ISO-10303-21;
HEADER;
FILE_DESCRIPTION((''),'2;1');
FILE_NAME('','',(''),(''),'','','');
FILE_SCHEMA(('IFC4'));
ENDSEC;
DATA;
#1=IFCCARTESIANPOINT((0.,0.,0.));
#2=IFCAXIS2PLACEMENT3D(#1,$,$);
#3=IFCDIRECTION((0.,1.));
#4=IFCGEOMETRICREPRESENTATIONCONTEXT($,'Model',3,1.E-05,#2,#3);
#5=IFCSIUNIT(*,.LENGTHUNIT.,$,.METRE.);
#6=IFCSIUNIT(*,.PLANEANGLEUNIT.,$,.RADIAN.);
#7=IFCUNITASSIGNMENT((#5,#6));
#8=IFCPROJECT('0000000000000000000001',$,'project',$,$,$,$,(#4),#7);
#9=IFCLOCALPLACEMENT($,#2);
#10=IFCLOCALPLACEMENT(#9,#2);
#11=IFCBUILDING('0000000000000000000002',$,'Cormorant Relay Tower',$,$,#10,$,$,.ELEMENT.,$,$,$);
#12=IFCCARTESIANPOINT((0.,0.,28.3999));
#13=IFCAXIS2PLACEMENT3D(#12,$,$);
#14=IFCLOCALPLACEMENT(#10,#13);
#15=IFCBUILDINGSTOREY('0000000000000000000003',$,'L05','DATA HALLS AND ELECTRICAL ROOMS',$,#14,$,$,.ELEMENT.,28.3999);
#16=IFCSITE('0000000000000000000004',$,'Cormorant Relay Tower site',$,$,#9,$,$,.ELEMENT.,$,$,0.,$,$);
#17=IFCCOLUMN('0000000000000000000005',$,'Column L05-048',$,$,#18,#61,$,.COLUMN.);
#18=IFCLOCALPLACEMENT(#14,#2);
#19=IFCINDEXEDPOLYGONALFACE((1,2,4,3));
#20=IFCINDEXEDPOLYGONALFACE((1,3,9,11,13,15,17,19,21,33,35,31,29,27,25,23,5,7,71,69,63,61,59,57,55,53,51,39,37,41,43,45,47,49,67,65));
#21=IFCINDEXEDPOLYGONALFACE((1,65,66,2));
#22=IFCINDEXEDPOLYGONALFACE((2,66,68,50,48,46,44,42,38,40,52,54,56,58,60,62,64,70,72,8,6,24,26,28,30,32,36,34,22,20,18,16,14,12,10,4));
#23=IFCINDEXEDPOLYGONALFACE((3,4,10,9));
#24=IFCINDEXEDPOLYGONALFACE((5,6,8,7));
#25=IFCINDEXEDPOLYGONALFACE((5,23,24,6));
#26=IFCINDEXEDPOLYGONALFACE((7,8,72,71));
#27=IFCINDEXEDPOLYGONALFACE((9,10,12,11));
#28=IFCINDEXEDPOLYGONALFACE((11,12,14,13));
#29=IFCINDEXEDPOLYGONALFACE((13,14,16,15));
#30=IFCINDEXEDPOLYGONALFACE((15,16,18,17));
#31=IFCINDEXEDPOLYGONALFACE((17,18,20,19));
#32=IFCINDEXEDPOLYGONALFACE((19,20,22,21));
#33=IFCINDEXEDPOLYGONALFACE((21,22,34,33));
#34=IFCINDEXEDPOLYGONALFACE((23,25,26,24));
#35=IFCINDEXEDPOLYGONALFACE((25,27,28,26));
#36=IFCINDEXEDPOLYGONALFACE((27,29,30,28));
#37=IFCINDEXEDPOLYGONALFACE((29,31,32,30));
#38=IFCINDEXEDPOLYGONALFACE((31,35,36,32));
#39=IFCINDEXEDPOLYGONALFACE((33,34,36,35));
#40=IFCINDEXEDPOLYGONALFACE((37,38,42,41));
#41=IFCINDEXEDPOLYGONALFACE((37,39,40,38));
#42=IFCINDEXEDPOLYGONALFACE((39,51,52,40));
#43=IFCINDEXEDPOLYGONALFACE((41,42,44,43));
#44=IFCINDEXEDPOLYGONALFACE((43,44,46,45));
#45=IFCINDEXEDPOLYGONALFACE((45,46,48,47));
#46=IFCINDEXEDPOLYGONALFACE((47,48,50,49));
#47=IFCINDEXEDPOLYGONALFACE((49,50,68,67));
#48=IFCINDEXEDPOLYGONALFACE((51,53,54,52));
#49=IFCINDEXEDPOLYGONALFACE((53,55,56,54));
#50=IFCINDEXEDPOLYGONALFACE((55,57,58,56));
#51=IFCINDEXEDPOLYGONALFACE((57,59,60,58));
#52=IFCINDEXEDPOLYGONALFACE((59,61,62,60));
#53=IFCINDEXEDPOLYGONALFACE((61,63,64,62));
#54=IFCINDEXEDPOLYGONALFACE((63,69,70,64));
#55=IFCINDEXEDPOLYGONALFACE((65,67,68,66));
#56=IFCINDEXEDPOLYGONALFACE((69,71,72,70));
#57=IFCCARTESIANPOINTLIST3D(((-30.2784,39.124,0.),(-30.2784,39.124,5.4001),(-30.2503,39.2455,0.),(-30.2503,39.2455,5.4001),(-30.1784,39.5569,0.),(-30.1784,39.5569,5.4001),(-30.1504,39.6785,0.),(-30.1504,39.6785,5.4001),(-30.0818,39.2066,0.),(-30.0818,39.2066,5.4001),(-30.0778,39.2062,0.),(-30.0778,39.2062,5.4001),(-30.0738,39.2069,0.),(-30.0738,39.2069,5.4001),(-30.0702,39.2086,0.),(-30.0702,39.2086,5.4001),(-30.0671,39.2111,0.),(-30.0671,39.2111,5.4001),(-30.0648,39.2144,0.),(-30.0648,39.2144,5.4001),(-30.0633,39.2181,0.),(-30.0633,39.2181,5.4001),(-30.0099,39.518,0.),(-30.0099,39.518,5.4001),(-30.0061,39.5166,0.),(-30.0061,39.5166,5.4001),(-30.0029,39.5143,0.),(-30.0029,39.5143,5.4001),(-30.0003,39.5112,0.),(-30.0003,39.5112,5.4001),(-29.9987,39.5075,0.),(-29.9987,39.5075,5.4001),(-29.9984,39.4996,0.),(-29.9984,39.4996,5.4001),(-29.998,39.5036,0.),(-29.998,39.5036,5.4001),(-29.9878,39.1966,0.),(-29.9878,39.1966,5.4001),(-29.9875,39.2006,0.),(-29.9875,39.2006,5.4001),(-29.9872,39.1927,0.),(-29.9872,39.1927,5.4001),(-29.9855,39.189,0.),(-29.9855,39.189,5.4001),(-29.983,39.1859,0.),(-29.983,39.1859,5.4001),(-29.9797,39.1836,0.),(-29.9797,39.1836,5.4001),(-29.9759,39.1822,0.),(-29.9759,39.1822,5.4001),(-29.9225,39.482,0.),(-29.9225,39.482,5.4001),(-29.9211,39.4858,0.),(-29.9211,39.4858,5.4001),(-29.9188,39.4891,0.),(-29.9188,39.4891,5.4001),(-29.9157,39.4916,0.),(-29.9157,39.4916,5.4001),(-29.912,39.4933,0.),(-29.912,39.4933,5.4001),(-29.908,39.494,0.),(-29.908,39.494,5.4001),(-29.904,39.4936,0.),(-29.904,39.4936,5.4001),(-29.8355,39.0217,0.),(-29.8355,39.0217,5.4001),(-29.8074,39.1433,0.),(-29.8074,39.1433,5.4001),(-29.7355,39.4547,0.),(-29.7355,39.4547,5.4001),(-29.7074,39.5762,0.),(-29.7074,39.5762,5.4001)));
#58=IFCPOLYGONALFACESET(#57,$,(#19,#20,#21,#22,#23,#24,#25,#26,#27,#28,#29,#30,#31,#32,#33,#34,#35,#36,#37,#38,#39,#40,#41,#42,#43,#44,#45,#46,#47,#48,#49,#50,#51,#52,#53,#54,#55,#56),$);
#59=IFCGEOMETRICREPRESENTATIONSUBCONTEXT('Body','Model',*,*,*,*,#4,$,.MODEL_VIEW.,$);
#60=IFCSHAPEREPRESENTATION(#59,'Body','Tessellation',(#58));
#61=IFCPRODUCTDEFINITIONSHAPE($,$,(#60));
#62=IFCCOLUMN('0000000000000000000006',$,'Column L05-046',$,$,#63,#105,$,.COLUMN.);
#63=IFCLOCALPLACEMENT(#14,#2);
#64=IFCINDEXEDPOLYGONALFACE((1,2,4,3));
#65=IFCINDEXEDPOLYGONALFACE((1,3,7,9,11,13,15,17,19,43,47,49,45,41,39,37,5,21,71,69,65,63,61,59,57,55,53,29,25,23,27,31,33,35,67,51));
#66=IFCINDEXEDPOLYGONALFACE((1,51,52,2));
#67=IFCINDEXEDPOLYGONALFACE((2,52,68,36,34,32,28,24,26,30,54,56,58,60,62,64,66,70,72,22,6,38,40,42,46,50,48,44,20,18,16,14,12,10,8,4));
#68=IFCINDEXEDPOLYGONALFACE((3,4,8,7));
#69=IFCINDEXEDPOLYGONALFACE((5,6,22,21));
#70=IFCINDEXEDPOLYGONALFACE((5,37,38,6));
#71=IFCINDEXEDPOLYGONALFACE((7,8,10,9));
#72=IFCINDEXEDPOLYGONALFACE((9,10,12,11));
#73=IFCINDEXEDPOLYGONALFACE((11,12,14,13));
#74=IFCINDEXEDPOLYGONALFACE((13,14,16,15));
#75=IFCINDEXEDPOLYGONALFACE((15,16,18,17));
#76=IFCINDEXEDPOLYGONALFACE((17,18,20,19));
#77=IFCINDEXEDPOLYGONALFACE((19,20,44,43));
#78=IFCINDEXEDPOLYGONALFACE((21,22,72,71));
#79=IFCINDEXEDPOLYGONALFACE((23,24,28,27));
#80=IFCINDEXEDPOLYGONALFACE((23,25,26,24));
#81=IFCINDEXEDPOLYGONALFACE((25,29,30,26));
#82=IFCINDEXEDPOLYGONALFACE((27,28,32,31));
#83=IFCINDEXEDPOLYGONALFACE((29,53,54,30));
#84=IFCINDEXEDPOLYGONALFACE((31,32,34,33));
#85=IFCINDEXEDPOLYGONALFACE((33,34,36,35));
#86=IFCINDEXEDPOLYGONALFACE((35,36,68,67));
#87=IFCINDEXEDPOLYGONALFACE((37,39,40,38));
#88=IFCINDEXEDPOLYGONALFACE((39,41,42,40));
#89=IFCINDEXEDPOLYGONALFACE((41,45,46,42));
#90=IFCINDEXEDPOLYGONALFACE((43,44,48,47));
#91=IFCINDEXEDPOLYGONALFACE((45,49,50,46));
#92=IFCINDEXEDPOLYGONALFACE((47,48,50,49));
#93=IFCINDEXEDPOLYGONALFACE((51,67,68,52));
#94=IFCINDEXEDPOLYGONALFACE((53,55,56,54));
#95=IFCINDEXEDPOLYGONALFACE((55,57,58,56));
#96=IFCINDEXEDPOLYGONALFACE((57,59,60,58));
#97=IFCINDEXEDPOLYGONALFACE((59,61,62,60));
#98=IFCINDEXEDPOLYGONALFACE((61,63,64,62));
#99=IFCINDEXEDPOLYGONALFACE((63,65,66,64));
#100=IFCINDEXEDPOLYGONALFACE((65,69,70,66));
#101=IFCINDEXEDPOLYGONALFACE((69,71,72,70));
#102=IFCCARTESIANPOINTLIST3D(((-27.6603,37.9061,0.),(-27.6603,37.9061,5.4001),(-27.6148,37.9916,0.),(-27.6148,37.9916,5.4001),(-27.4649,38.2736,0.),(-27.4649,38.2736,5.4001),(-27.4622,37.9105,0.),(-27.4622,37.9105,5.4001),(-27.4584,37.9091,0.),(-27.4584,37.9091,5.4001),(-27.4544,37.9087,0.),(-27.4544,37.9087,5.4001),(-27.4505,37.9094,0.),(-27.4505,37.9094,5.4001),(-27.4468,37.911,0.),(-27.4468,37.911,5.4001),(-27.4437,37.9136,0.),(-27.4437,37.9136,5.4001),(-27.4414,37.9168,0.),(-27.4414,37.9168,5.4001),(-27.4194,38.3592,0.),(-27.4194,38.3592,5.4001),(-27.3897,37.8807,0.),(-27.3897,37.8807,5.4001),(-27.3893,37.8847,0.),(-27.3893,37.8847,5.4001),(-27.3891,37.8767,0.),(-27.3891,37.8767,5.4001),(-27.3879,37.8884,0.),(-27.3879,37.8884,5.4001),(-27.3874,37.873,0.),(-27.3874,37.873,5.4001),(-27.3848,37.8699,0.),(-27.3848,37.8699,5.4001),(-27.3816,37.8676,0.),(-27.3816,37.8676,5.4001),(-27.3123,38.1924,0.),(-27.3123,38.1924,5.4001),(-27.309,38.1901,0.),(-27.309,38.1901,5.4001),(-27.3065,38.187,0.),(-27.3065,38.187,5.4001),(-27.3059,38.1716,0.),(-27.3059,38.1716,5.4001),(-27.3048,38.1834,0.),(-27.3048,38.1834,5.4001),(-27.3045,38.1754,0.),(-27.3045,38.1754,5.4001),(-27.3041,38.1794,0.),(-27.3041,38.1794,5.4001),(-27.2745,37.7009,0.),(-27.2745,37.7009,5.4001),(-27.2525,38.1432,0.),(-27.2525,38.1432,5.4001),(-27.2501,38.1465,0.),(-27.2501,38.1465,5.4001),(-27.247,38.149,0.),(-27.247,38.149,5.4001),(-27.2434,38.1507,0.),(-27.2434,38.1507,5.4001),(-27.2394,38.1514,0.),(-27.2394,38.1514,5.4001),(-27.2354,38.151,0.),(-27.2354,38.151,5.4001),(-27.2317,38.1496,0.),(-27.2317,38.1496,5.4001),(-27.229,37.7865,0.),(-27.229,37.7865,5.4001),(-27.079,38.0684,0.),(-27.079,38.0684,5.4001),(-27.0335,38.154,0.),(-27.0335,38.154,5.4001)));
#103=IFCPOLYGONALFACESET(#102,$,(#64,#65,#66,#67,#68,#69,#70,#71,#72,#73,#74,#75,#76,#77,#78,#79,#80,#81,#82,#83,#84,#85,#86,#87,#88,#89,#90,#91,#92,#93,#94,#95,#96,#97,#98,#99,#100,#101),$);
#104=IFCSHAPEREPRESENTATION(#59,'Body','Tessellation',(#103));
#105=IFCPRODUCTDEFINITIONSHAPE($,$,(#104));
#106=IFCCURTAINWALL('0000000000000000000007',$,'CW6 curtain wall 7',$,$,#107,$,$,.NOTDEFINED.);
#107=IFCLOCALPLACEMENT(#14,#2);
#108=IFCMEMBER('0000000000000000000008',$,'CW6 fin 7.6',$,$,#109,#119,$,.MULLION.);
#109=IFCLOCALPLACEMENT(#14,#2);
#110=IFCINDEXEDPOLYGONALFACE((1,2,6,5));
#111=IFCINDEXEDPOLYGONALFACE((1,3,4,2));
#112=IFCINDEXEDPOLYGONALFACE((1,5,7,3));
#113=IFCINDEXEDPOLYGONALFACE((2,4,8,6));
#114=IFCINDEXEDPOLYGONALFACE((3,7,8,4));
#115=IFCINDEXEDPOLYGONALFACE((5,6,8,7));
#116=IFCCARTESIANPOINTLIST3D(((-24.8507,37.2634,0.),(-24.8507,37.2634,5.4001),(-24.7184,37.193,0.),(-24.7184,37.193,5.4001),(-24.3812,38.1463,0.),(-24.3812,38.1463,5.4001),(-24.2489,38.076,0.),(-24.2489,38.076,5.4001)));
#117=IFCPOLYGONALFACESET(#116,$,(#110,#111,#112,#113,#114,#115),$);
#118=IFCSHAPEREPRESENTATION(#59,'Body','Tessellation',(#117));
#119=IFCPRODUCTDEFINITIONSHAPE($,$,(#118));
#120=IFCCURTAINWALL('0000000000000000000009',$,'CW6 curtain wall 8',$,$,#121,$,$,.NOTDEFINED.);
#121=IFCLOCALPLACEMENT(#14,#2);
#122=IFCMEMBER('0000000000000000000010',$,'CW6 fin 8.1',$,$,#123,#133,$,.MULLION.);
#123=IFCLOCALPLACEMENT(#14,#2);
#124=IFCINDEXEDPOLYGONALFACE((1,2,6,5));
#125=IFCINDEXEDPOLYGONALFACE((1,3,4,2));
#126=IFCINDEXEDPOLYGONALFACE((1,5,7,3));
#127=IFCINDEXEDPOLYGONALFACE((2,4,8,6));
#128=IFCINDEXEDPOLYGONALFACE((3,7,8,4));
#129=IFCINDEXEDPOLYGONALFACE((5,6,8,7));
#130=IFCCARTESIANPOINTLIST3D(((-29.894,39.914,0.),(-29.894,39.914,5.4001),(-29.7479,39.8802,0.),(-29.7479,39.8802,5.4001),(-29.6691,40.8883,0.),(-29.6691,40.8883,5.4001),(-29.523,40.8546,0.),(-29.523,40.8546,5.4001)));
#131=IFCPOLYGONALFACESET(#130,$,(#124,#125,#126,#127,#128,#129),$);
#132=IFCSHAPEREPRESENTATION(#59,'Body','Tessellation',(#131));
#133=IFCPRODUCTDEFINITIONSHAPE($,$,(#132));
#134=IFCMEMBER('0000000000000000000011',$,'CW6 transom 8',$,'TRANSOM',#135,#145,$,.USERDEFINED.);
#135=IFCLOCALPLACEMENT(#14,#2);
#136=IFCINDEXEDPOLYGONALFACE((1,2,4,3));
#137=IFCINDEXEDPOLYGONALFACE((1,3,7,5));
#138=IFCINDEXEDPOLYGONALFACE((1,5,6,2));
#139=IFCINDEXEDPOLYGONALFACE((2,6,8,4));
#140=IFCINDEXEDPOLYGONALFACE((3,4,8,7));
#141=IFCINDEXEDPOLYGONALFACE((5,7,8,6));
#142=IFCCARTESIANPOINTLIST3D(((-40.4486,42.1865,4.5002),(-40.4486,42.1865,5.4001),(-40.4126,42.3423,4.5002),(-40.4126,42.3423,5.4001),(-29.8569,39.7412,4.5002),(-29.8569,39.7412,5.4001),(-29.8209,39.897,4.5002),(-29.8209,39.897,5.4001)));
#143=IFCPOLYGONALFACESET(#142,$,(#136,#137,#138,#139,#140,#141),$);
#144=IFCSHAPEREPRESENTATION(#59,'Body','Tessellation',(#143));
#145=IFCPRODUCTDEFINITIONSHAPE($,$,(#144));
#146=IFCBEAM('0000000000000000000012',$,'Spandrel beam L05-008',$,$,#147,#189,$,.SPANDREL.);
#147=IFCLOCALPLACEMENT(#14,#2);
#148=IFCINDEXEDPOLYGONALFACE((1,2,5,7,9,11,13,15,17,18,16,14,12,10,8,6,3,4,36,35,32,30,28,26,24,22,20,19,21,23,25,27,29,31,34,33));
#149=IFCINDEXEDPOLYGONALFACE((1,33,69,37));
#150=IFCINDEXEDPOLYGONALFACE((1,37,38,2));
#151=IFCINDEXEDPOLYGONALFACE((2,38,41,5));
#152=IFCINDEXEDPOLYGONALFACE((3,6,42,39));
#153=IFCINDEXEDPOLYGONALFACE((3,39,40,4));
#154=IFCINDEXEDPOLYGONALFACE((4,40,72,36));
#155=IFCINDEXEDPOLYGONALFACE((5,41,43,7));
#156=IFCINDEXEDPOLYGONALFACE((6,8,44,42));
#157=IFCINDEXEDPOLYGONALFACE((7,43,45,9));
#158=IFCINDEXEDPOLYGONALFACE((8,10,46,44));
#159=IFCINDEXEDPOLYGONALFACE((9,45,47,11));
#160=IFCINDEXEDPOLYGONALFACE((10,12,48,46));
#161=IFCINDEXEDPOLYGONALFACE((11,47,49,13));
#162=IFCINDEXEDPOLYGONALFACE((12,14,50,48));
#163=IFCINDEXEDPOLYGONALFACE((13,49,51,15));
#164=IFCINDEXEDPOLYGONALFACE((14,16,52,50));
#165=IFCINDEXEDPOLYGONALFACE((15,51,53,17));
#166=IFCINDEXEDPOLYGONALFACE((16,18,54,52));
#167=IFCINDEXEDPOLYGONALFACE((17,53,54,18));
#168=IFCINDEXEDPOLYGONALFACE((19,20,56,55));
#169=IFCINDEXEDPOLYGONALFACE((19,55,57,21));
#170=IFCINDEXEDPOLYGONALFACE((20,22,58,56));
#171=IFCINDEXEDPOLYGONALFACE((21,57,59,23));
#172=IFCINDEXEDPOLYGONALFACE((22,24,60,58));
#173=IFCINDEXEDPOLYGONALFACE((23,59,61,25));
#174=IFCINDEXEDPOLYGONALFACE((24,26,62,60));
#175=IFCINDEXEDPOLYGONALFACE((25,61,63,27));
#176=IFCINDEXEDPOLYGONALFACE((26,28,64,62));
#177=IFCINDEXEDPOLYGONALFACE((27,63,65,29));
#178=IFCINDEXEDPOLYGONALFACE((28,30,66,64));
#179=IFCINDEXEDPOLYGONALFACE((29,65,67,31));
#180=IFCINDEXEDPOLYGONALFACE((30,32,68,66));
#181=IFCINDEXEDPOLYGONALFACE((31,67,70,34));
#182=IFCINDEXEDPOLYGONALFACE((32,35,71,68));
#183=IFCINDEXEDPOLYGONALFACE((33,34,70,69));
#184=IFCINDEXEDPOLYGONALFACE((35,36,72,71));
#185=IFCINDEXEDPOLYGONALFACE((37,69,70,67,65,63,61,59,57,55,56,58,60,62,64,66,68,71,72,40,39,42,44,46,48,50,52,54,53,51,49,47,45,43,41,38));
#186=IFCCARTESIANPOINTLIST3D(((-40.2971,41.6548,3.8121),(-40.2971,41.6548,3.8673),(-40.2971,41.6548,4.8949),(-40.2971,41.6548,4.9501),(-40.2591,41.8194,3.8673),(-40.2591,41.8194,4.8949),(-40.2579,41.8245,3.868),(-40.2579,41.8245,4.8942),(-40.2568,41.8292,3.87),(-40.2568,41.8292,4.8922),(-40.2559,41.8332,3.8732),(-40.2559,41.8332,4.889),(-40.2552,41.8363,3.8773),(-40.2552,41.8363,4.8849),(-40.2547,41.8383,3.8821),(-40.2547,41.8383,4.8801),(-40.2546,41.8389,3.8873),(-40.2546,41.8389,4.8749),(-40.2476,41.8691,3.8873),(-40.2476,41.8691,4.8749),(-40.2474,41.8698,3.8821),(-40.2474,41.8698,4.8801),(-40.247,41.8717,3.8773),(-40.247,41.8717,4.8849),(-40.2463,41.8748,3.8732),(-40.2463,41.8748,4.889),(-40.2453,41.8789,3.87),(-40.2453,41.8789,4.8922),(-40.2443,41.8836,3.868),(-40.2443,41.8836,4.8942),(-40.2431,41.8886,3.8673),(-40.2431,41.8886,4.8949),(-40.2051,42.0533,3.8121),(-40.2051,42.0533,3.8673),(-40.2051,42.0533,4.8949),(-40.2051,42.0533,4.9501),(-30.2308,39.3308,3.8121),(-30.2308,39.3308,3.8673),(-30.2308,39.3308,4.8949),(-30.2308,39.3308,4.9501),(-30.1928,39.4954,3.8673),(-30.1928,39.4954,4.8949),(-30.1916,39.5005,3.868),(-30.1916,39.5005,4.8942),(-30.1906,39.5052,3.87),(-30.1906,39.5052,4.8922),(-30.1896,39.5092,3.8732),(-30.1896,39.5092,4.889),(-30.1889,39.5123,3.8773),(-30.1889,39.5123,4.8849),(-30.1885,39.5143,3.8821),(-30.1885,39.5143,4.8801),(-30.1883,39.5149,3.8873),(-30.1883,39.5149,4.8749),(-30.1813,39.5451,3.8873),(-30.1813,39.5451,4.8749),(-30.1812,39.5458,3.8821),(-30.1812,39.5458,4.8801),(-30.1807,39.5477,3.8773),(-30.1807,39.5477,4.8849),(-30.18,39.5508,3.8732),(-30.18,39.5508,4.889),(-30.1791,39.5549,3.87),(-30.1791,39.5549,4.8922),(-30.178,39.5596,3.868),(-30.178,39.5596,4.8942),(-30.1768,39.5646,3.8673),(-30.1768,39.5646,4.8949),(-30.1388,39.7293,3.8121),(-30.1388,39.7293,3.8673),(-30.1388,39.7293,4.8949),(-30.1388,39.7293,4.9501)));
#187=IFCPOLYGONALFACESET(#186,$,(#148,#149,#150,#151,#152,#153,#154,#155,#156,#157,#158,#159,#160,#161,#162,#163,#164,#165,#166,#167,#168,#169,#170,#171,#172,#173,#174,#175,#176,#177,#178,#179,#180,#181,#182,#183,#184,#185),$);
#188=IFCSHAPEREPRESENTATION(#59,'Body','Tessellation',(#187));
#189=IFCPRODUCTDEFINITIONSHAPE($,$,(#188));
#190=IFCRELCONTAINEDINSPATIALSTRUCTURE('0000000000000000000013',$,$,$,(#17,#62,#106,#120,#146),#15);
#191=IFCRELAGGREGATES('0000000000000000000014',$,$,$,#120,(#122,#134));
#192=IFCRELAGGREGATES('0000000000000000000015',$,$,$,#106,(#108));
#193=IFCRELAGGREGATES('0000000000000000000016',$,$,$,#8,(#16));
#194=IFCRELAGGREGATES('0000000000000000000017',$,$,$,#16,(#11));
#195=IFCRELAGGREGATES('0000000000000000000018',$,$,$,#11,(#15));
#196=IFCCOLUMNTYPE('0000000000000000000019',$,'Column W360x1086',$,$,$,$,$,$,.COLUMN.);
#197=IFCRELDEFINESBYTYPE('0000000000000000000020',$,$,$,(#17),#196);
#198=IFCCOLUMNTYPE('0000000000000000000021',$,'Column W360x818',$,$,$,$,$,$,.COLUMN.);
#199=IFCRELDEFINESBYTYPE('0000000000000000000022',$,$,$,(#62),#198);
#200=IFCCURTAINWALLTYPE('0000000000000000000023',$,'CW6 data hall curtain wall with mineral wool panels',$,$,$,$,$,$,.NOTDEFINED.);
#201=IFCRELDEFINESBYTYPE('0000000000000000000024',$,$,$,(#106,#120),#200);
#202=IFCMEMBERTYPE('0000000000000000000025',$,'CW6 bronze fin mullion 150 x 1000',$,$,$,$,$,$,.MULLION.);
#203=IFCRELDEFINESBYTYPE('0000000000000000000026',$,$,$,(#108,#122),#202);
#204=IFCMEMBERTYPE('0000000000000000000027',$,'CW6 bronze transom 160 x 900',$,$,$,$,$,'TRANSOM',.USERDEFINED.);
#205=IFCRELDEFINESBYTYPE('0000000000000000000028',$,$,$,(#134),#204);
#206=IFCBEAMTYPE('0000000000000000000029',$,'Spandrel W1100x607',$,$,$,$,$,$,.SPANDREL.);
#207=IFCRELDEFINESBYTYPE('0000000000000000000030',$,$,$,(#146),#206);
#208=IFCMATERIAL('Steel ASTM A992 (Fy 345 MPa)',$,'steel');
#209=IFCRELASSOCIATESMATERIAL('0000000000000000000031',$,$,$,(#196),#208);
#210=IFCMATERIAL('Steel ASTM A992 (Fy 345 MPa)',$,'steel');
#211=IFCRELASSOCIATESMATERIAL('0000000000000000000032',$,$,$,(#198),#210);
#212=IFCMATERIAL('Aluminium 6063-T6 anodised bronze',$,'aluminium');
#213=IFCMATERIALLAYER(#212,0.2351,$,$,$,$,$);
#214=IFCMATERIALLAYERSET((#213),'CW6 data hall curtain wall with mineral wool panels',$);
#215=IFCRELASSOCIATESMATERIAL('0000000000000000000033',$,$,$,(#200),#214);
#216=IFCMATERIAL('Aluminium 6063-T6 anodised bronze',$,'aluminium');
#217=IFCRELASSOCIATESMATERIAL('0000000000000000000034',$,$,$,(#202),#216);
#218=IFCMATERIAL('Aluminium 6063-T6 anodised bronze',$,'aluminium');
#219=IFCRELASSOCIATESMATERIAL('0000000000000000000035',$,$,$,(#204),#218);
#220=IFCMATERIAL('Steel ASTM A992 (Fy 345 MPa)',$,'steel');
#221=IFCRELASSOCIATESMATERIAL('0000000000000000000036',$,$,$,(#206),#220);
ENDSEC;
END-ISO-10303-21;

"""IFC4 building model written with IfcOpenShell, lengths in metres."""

from ifc_helpers import new_model, si_unit, direction, frame, origin, origin_2d, place, context, subcontext, project, spatial, rectangle, i_section, extrude, material, layer, layer_set, material_profile, profile_set, type_object, element, aggregate, save


model = new_model("IFC4")

# Units and contexts
model_context = context("Model", 3, precision=1e-05, world=origin(), true_north=direction((0.0, 1.0)))
body_context = subcontext(model_context, "Body", "Model", "MODEL_VIEW")
ifc_project = project(units=[si_unit("LENGTHUNIT", "METRE"), si_unit("PLANEANGLEUNIT", "RADIAN")], contexts=[model_context])

# Site, building, storey
site_placement = place(None, origin())
site = spatial("IfcSite", under=ifc_project, at=site_placement, Name="Cormorant Relay Tower site", CompositionType="ELEMENT", RefElevation=0.0)
building_placement = place(site_placement, origin())
building = spatial("IfcBuilding", under=site, at=building_placement, Name="Cormorant Relay Tower", CompositionType="ELEMENT")
storey_placement = place(building_placement, frame((0.0, 0.0, 28.3999)))
storey = spatial("IfcBuildingStorey", under=building, at=storey_placement, Name="L05", Description="DATA HALLS AND ELECTRICAL ROOMS", CompositionType="ELEMENT", Elevation=28.3999)

# Columns
ifc_material_1 = material(Name="Steel ASTM A992 (Fy 345 MPa)", Category="steel")
ifc_material_profile_1 = material_profile(ifc_material_1, i_section(OverallWidth=0.4546, OverallDepth=0.5691, WebThickness=0.0779, FlangeThickness=0.1248, FilletRadius=0.0154, at=origin_2d()), Name="W360x1086")
ifc_profile_set_1 = profile_set([ifc_material_profile_1], Name="Steel ASTM A992 (Fy 345 MPa)")
column_type_1 = type_object("IfcColumnType", Name="Column W360x1086", PredefinedType="COLUMN", material=ifc_profile_set_1)
column_1_placement = place(storey_placement, frame((-29.9929, 39.3501, 0.0), z_axis=(0.0, 0.0, 1.0), x_axis=(-0.97437, 0.224951, 0.0)))
element("IfcColumn", 1, at=column_1_placement, inside=storey, type_object=column_type_1, Name="Column L05-048", PredefinedType="COLUMN", context=body_context, shape_type="SweptSolid", body=[
    extrude(i_section(OverallWidth=0.4546, OverallDepth=0.5691, WebThickness=0.0779, FlangeThickness=0.1248, FilletRadius=0.0154, at=origin_2d()), origin(), (0.0, 0.0, 1.0), 5.4001),
])
ifc_material_2 = material(Name="Steel ASTM A992 (Fy 345 MPa)", Category="steel")
ifc_material_profile_2 = material_profile(ifc_material_2, i_section(OverallWidth=0.437, OverallDepth=0.5132, WebThickness=0.0605, FlangeThickness=0.0969, FilletRadius=0.0154, at=origin_2d()), Name="W360x818")
ifc_profile_set_2 = profile_set([ifc_material_profile_2], Name="Steel ASTM A992 (Fy 345 MPa)")
column_type_2 = type_object("IfcColumnType", Name="Column W360x818", PredefinedType="COLUMN", material=ifc_profile_set_2)
column_2_placement = place(storey_placement, frame((-27.3469, 38.03, 0.0), z_axis=(0.0, 0.0, 1.0), x_axis=(-0.882948, 0.469472, 0.0)))
element("IfcColumn", 2, at=column_2_placement, inside=storey, type_object=column_type_2, Name="Column L05-046", PredefinedType="COLUMN", context=body_context, shape_type="SweptSolid", body=[
    extrude(i_section(OverallWidth=0.437, OverallDepth=0.5132, WebThickness=0.0605, FlangeThickness=0.0969, FilletRadius=0.0154, at=origin_2d()), origin(), (0.0, 0.0, 1.0), 5.4001),
])

# Curtain wall, member
ifc_material_3 = material(Name="Aluminium 6063-T6 anodised bronze", Category="aluminium")
ifc_layer_1 = layer(ifc_material_3, 0.2351)
ifc_layer_set_1 = layer_set([ifc_layer_1], Name="CW6 data hall curtain wall with mineral wool panels")
curtain_wall_type = type_object("IfcCurtainWallType", Name="CW6 data hall curtain wall with mineral wool panels", PredefinedType="NOTDEFINED", material=ifc_layer_set_1)
curtain_wall_1_placement = place(storey_placement, origin())
curtain_wall_1 = element("IfcCurtainWall", 3, at=curtain_wall_1_placement, inside=storey, type_object=curtain_wall_type, Name="CW6 curtain wall 7", PredefinedType="NOTDEFINED")
ifc_material_4 = material(Name="Aluminium 6063-T6 anodised bronze", Category="aluminium")
ifc_material_profile_3 = material_profile(ifc_material_4, rectangle(XDim=0.1499, YDim=1.0, at=origin_2d()), Name="AL 150x1000")
ifc_profile_set_3 = profile_set([ifc_material_profile_3], Name="Aluminium 6063-T6 anodised bronze")
member_type_1 = type_object("IfcMemberType", Name="CW6 bronze fin mullion 150 x 1000", PredefinedType="MULLION", material=ifc_profile_set_3)
member_1_placement = place(storey_placement, frame((-24.5498, 37.6697, 0.0), z_axis=(0.0, 0.0, 1.0), x_axis=(-0.882948, 0.469472, 0.0)))
member_1 = element("IfcMember", 4, at=member_1_placement, type_object=member_type_1, Name="CW6 fin 7.6", PredefinedType="MULLION", context=body_context, shape_type="SweptSolid", body=[
    extrude(rectangle(XDim=0.1499, YDim=1.0, at=origin_2d()), origin(), (0.0, 0.0, 1.0), 5.4001),
])

# Curtain wall, members
curtain_wall_2_placement = place(storey_placement, origin())
curtain_wall_2 = element("IfcCurtainWall", 5, at=curtain_wall_2_placement, inside=storey, type_object=curtain_wall_type, Name="CW6 curtain wall 8", PredefinedType="NOTDEFINED")
member_2_placement = place(storey_placement, frame((-29.7085, 40.3843, 0.0), z_axis=(0.0, 0.0, 1.0), x_axis=(-0.97437, 0.224951, 0.0)))
member_2 = element("IfcMember", 6, at=member_2_placement, type_object=member_type_1, Name="CW6 fin 8.1", PredefinedType="MULLION", context=body_context, shape_type="SweptSolid", body=[
    extrude(rectangle(XDim=0.1499, YDim=1.0, at=origin_2d()), origin(), (0.0, 0.0, 1.0), 5.4001),
])
ifc_material_5 = material(Name="Aluminium 6063-T6 anodised bronze", Category="aluminium")
ifc_material_profile_4 = material_profile(ifc_material_5, rectangle(XDim=0.1599, YDim=0.8999, at=origin_2d()), Name="AL 160x900")
ifc_profile_set_4 = profile_set([ifc_material_profile_4], Name="Aluminium 6063-T6 anodised bronze")
member_type_2 = type_object("IfcMemberType", Name="CW6 bronze transom 160 x 900", ElementType="TRANSOM", PredefinedType="USERDEFINED", material=ifc_profile_set_4)
member_3_placement = place(storey_placement, frame((-29.8389, 39.8191, 4.9502), z_axis=(-0.97437, 0.224951, 0.0), x_axis=(-0.224951, -0.97437, 0.0)))
member_3 = element("IfcMember", 7, at=member_3_placement, type_object=member_type_2, Name="CW6 transom 8", ObjectType="TRANSOM", PredefinedType="USERDEFINED", context=body_context, shape_type="SweptSolid", body=[
    extrude(rectangle(XDim=0.1599, YDim=0.8999, at=origin_2d()), origin(), (0.0, 0.0, 1.0), 10.8704),
])
aggregate(curtain_wall_2, [member_2, member_3])

# Beam
ifc_material_6 = material(Name="Steel ASTM A992 (Fy 345 MPa)", Category="steel")
ifc_material_profile_5 = material_profile(ifc_material_6, i_section(OverallWidth=0.4089, OverallDepth=1.1379, WebThickness=0.031, FlangeThickness=0.0552, FilletRadius=0.02, at=origin_2d()), Name="W1100x607")
ifc_profile_set_5 = profile_set([ifc_material_profile_5], Name="Steel ASTM A992 (Fy 345 MPa)")
beam_type = type_object("IfcBeamType", Name="Spandrel W1100x607", PredefinedType="SPANDREL", material=ifc_profile_set_5)
beam_placement = place(storey_placement, frame((-30.1848, 39.53, 4.3811), z_axis=(-0.97437, 0.224953, 0.0), x_axis=(-0.224953, -0.97437, 0.0)))
element("IfcBeam", 8, at=beam_placement, inside=storey, type_object=beam_type, Name="Spandrel beam L05-008", PredefinedType="SPANDREL", context=body_context, shape_type="SweptSolid", body=[
    extrude(i_section(OverallWidth=0.4089, OverallDepth=1.1379, WebThickness=0.031, FlangeThickness=0.0552, FilletRadius=0.02, at=origin_2d()), origin(), (0.0, 0.0, 1.0), 10.3311),
])

aggregate(curtain_wall_1, [member_1])

save(model, "model.ifc")
